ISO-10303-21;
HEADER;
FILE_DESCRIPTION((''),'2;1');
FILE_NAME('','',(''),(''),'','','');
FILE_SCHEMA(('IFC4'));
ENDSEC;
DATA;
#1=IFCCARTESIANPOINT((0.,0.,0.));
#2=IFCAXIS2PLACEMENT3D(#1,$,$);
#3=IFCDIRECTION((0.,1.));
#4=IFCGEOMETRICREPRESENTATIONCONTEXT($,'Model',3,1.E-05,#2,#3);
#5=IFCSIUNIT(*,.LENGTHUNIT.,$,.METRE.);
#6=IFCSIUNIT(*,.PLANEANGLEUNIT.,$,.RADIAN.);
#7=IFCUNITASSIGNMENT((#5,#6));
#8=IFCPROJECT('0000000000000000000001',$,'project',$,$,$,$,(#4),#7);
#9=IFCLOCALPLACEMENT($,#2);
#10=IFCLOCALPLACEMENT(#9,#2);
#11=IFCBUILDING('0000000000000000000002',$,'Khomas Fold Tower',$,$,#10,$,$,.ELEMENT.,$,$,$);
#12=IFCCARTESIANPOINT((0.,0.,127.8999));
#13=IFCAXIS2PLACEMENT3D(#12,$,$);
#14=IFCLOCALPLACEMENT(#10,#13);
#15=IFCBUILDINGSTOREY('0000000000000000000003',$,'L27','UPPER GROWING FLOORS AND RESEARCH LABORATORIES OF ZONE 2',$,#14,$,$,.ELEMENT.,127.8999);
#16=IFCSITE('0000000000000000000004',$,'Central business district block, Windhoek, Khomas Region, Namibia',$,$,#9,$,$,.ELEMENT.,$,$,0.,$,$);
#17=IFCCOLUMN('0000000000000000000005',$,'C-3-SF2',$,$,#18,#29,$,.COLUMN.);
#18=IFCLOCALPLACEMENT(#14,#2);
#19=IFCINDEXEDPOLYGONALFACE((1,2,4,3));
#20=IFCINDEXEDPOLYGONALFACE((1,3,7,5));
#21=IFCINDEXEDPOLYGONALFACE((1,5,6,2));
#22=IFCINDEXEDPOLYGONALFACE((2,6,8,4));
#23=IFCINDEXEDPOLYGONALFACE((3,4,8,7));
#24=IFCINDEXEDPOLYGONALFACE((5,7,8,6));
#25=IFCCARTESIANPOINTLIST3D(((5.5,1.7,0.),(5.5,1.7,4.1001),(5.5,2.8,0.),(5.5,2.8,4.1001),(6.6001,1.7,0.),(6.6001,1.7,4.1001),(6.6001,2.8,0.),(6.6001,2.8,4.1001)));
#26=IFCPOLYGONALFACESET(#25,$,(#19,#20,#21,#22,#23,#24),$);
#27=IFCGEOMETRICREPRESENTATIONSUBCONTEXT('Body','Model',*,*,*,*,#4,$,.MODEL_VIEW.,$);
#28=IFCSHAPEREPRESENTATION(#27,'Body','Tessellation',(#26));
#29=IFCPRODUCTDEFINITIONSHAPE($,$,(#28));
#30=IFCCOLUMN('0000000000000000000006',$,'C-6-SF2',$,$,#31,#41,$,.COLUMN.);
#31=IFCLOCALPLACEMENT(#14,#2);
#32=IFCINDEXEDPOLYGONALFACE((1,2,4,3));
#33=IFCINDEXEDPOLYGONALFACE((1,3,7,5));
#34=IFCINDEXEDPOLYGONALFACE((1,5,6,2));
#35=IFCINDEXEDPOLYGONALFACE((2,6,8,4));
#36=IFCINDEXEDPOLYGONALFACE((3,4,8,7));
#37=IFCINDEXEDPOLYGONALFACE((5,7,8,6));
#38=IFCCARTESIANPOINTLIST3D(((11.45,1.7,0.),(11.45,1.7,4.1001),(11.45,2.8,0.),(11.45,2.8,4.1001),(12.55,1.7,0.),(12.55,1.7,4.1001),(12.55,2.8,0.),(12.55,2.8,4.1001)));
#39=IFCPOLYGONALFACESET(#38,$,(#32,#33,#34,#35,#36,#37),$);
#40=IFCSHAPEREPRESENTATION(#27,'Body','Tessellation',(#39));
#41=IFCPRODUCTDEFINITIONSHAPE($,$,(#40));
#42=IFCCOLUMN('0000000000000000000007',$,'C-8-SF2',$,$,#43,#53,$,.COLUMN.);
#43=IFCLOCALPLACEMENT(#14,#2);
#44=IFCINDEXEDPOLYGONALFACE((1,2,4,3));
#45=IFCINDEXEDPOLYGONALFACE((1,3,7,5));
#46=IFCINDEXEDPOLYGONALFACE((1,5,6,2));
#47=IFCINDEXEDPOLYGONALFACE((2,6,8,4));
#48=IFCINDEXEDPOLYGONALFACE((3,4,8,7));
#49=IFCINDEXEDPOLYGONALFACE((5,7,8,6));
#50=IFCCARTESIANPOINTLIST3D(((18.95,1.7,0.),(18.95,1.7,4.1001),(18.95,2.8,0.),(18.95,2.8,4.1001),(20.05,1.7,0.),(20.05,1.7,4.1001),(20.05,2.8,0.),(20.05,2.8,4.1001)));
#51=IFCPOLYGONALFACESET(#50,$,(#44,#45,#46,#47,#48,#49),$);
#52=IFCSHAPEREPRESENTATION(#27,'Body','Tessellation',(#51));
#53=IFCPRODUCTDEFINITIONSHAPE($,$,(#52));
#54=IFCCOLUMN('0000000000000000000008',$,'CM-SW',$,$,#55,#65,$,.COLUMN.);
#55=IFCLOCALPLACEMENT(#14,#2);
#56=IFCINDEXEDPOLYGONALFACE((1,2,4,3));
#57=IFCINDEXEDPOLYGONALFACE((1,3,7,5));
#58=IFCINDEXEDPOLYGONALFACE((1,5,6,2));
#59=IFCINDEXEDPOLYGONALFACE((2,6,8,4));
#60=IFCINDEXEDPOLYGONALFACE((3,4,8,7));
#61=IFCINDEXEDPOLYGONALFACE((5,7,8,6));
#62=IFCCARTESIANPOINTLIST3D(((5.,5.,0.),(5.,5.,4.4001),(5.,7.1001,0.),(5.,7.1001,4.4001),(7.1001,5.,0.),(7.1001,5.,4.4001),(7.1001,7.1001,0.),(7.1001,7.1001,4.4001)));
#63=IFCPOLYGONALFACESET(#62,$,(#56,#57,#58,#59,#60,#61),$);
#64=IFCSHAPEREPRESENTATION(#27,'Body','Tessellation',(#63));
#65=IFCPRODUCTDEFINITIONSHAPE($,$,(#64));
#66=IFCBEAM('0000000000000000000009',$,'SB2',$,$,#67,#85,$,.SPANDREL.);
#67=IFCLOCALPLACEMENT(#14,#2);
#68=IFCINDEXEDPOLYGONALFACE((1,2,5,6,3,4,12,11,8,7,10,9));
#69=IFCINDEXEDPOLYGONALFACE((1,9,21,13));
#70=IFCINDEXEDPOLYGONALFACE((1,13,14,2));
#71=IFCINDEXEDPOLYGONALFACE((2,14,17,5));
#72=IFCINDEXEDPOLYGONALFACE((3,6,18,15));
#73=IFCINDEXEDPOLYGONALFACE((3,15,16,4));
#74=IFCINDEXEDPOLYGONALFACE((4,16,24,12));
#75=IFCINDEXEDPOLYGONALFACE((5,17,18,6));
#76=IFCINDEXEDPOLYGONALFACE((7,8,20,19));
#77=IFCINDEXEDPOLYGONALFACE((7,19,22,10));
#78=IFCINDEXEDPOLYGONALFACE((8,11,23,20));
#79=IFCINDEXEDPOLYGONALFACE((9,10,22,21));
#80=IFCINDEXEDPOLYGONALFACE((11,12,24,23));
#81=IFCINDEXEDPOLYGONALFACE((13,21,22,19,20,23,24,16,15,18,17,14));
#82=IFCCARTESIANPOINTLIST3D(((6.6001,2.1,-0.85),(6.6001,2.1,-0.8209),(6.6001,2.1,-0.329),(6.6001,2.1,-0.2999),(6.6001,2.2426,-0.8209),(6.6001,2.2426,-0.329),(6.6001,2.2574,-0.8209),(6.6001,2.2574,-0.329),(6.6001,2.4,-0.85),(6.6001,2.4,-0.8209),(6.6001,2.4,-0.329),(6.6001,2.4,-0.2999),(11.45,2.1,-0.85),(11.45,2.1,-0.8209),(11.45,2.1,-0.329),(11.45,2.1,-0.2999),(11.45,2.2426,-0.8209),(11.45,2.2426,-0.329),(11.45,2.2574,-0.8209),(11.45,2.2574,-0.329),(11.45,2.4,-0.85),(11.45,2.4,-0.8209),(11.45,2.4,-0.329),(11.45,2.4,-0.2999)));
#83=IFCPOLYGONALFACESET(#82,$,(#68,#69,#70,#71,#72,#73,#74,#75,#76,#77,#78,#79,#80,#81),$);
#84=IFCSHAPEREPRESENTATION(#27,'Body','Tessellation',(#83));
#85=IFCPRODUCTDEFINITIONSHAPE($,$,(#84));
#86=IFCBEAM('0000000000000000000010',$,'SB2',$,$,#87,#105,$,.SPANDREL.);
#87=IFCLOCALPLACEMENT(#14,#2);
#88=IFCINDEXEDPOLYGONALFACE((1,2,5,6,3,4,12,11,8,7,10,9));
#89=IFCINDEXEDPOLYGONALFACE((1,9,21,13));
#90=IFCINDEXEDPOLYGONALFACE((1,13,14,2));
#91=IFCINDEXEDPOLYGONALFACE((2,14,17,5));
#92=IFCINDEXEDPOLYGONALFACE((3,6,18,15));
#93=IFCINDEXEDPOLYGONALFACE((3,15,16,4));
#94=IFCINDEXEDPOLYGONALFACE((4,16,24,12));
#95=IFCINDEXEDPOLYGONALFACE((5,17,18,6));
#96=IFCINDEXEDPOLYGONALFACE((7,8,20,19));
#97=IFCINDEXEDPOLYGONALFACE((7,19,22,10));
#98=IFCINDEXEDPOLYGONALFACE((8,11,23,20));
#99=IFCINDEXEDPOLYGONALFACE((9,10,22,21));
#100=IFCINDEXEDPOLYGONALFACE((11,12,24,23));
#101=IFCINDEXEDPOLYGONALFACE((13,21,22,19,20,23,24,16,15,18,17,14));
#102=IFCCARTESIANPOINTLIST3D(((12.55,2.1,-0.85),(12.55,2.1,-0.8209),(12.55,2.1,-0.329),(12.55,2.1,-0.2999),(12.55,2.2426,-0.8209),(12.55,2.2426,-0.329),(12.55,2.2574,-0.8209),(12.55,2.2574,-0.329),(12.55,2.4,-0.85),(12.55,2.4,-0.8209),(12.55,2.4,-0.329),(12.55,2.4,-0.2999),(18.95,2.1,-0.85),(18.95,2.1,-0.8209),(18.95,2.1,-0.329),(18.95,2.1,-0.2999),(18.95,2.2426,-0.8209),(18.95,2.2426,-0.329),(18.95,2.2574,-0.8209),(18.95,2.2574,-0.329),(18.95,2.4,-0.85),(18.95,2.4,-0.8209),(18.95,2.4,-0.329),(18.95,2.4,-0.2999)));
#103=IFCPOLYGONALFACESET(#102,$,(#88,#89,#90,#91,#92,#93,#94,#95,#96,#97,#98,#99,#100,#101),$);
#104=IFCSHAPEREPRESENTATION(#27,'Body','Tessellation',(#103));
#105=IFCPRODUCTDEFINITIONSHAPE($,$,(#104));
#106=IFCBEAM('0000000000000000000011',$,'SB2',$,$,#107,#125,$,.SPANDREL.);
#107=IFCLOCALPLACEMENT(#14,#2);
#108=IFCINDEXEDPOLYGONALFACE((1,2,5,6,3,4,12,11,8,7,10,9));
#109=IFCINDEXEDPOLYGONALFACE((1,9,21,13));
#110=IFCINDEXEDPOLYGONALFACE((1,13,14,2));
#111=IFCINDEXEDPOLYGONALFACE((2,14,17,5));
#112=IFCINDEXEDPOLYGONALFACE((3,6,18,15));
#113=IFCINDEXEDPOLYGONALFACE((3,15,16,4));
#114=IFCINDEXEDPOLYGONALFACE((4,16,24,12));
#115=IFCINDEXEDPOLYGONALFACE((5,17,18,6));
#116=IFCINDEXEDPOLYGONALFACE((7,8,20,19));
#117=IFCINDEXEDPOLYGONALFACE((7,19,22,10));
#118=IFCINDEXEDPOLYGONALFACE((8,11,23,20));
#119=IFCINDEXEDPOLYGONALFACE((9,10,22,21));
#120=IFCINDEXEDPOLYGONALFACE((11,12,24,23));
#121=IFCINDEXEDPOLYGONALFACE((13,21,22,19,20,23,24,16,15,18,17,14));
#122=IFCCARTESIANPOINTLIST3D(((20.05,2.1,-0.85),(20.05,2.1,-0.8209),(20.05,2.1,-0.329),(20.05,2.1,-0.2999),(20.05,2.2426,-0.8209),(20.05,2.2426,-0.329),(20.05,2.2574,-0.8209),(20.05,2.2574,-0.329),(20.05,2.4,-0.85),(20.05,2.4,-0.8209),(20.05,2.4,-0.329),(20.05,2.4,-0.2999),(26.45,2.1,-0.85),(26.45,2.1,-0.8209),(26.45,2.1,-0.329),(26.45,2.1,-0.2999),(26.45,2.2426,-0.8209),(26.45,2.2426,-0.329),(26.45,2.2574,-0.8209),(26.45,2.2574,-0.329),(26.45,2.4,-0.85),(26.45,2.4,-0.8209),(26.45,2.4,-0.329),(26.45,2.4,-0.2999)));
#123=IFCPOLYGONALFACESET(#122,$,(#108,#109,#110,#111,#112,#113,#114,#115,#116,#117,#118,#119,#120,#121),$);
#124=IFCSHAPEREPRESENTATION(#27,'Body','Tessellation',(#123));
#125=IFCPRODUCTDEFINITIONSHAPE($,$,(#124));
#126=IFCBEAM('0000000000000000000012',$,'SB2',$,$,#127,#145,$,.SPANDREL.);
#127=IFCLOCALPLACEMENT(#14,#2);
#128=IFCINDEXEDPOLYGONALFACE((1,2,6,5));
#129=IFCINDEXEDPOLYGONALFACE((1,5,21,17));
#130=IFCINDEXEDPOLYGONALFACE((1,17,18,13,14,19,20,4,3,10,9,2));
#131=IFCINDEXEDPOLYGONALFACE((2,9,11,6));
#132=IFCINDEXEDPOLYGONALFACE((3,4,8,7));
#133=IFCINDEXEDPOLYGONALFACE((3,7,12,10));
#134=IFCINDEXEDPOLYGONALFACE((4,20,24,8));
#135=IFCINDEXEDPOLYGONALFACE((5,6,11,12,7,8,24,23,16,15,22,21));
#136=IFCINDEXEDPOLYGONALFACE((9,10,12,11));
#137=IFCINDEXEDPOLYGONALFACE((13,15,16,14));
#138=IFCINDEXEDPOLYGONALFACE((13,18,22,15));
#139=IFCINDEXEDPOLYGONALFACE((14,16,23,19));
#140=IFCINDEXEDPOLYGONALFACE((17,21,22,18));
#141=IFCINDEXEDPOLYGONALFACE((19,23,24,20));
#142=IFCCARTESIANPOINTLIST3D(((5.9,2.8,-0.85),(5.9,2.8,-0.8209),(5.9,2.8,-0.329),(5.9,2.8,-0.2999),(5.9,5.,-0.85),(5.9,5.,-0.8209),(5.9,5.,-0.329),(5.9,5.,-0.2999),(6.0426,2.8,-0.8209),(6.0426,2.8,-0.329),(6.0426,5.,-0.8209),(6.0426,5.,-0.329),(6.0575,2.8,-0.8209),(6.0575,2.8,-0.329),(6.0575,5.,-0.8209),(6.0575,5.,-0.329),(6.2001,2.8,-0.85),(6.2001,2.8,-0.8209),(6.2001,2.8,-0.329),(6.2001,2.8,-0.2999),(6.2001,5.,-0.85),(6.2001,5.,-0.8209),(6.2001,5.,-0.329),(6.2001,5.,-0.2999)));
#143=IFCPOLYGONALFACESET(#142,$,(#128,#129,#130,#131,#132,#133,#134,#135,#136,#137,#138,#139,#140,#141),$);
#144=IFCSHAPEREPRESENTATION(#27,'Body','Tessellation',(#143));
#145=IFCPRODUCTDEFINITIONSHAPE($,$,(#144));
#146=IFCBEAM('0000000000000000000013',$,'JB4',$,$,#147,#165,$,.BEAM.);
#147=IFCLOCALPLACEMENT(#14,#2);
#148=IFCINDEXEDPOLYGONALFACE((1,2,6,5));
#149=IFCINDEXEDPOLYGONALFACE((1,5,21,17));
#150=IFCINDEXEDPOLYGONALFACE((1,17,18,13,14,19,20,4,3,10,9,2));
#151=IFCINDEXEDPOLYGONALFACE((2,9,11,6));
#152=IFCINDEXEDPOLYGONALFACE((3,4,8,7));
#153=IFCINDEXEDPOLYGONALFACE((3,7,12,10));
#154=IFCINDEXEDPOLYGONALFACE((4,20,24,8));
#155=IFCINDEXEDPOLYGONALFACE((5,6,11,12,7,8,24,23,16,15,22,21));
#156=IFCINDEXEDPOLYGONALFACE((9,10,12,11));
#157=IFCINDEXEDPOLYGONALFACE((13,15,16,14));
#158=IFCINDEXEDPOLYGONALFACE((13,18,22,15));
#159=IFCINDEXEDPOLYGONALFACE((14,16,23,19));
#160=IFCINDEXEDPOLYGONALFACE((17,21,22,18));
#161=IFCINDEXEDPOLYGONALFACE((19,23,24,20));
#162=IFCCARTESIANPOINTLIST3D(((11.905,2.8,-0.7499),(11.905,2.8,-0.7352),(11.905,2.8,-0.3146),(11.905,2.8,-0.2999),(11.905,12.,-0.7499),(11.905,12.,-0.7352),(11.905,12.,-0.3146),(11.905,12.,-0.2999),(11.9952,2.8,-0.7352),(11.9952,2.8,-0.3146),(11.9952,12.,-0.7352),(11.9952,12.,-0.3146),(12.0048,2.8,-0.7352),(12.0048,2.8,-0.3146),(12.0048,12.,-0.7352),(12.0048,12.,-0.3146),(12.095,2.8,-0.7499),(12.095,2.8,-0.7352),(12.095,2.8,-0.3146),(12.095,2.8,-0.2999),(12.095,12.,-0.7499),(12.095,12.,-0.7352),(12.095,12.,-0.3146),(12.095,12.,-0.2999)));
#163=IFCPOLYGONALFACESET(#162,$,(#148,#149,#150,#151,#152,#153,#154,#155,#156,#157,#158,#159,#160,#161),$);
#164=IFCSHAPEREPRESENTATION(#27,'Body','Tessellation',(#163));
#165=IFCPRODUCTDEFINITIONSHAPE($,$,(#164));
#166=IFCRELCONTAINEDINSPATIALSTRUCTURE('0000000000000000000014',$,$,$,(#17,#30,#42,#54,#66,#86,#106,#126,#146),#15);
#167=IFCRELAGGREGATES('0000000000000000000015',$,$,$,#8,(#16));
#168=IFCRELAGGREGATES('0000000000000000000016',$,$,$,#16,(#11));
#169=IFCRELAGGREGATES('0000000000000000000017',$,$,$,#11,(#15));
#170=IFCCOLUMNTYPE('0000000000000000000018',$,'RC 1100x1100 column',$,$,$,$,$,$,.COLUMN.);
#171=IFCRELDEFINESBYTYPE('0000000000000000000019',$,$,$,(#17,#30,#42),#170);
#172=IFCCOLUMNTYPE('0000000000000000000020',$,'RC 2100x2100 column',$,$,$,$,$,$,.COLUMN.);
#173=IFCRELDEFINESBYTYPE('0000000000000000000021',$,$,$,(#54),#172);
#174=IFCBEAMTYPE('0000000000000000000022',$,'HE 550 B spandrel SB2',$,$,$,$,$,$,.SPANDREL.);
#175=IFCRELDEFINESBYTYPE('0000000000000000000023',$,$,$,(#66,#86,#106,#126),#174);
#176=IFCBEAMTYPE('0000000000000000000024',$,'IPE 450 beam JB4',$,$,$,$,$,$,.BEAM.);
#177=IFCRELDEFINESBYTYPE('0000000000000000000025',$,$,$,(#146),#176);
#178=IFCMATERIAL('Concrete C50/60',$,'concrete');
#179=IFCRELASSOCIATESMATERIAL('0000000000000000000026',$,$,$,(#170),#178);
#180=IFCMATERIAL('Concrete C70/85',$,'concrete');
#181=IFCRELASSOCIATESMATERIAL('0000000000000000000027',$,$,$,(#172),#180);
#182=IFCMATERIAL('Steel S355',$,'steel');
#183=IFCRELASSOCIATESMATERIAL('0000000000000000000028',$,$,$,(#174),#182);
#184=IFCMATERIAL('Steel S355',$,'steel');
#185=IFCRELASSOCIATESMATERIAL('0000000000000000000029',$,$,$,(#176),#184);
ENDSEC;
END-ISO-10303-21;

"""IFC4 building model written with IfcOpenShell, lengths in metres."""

from ifc_helpers import new_model, si_unit, direction, frame, origin, origin_2d, place, context, subcontext, project, spatial, rectangle, i_section, extrude, source, transform, mapped, material, material_profile, profile_set, type_object, element, save


model = new_model("IFC4")

# Units and contexts
model_context = context("Model", 3, precision=1e-05, world=origin(), true_north=direction((0.0, 1.0)))
body_context = subcontext(model_context, "Body", "Model", "MODEL_VIEW")
ifc_project = project(units=[si_unit("LENGTHUNIT", "METRE"), si_unit("PLANEANGLEUNIT", "RADIAN")], contexts=[model_context])

# Site, building, storey
site_placement = place(None, origin())
site = spatial("IfcSite", under=ifc_project, at=site_placement, Name="Central business district block, Windhoek, Khomas Region, Namibia", CompositionType="ELEMENT", RefElevation=0.0)
building_placement = place(site_placement, origin())
building = spatial("IfcBuilding", under=site, at=building_placement, Name="Khomas Fold Tower", CompositionType="ELEMENT")
storey_placement = place(building_placement, frame((0.0, 0.0, 127.8999)))
storey = spatial("IfcBuildingStorey", under=building, at=storey_placement, Name="L27", Description="UPPER GROWING FLOORS AND RESEARCH LABORATORIES OF ZONE 2", CompositionType="ELEMENT", Elevation=127.8999)

# Columns
ifc_material_1 = material(Name="Concrete C50/60", Category="concrete")
ifc_material_profile_1 = material_profile(ifc_material_1, rectangle(XDim=1.1001, YDim=1.1001, at=origin_2d()), Name="RC 1100x1100")
ifc_profile_set_1 = profile_set([ifc_material_profile_1], Name="Concrete C50/60")
column_type_1 = type_object("IfcColumnType", Name="RC 1100x1100 column", PredefinedType="COLUMN", material=ifc_profile_set_1)
shared_shape_1 = source(origin(), body_context, "Body", "SweptSolid", [
    extrude(rectangle(XDim=1.1001, YDim=1.1001, at=origin_2d()), origin(), (0.0, 0.0, 1.0), 4.1001),
])
for number, where, z_axis, x_axis, name in (
    (1, (6.05, 2.25, 0.0), (0.0, 0.0, 1.0), (1.0, 0.0, 0.0), "C-3-SF2"),
    (2, (12.0, 2.25, 0.0), (0.0, 0.0, 1.0), (1.0, 0.0, 0.0), "C-6-SF2"),
    (3, (19.5, 2.25, 0.0), (0.0, 0.0, 1.0), (1.0, 0.0, 0.0), "C-8-SF2"),
):
    element("IfcColumn", number, at=place(storey_placement, frame(where, z_axis=z_axis, x_axis=x_axis)), inside=storey, type_object=column_type_1, Name=name, PredefinedType="COLUMN", context=body_context, shape_type="MappedRepresentation", body=[
        mapped(shared_shape_1, transform((0.0, 0.0, 0.0))),
    ])
ifc_material_2 = material(Name="Concrete C70/85", Category="concrete")
ifc_material_profile_2 = material_profile(ifc_material_2, rectangle(XDim=2.1001, YDim=2.1001, at=origin_2d()), Name="RC 2100x2100")
ifc_profile_set_2 = profile_set([ifc_material_profile_2], Name="Concrete C70/85")
column_type_2 = type_object("IfcColumnType", Name="RC 2100x2100 column", PredefinedType="COLUMN", material=ifc_profile_set_2)
shared_shape_2 = source(origin(), body_context, "Body", "SweptSolid", [
    extrude(rectangle(XDim=2.1001, YDim=2.1001, at=origin_2d()), origin(), (0.0, 0.0, 1.0), 4.4001),
])
column_placement = place(storey_placement, frame((6.05, 6.05, 0.0), z_axis=(0.0, 0.0, 1.0), x_axis=(1.0, 0.0, 0.0)))
element("IfcColumn", 4, at=column_placement, inside=storey, type_object=column_type_2, Name="CM-SW", PredefinedType="COLUMN", context=body_context, shape_type="MappedRepresentation", body=[
    mapped(shared_shape_2, transform((0.0, 0.0, 0.0))),
])

# Beams
ifc_material_3 = material(Name="Steel S355", Category="steel")
ifc_material_profile_3 = material_profile(ifc_material_3, i_section(OverallWidth=0.3, OverallDepth=0.55, WebThickness=0.0149, FlangeThickness=0.0291, at=origin_2d()), Name="HE 550 B")
ifc_profile_set_3 = profile_set([ifc_material_profile_3], Name="Steel S355")
beam_type_1 = type_object("IfcBeamType", Name="HE 550 B spandrel SB2", PredefinedType="SPANDREL", material=ifc_profile_set_3)
shared_shape_3 = source(origin(), body_context, "Body", "SweptSolid", [
    extrude(i_section(OverallWidth=0.3, OverallDepth=0.55, WebThickness=0.0149, FlangeThickness=0.0291, at=origin_2d()), origin(), (0.0, 0.0, 1.0), 4.8499),
])
beam_1_placement = place(storey_placement, frame((6.6001, 2.25, -0.575), z_axis=(1.0, 0.0, 0.0), x_axis=(0.0, 1.0, 0.0)))
element("IfcBeam", 5, at=beam_1_placement, inside=storey, type_object=beam_type_1, Name="SB2", PredefinedType="SPANDREL", context=body_context, shape_type="MappedRepresentation", body=[
    mapped(shared_shape_3, transform((0.0, 0.0, 0.0))),
])
shared_shape_4 = source(origin(), body_context, "Body", "SweptSolid", [
    extrude(i_section(OverallWidth=0.3, OverallDepth=0.55, WebThickness=0.0149, FlangeThickness=0.0291, at=origin_2d()), origin(), (0.0, 0.0, 1.0), 6.3999),
])
for number, where, z_axis, x_axis, name in (
    (6, (12.55, 2.25, -0.575), (1.0, 0.0, 0.0), (0.0, 1.0, 0.0), "SB2"),
    (7, (20.05, 2.25, -0.575), (1.0, 0.0, 0.0), (0.0, 1.0, 0.0), "SB2"),
):
    element("IfcBeam", number, at=place(storey_placement, frame(where, z_axis=z_axis, x_axis=x_axis)), inside=storey, type_object=beam_type_1, Name=name, PredefinedType="SPANDREL", context=body_context, shape_type="MappedRepresentation", body=[
        mapped(shared_shape_4, transform((0.0, 0.0, 0.0))),
    ])
shared_shape_5 = source(origin(), body_context, "Body", "SweptSolid", [
    extrude(i_section(OverallWidth=0.3, OverallDepth=0.55, WebThickness=0.0149, FlangeThickness=0.0291, at=origin_2d()), origin(), (0.0, 0.0, 1.0), 2.2),
])
beam_2_placement = place(storey_placement, frame((6.05, 2.8, -0.575), z_axis=(0.0, 1.0, 0.0), x_axis=(-1.0, 0.0, 0.0)))
element("IfcBeam", 8, at=beam_2_placement, inside=storey, type_object=beam_type_1, Name="SB2", PredefinedType="SPANDREL", context=body_context, shape_type="MappedRepresentation", body=[
    mapped(shared_shape_5, transform((0.0, 0.0, 0.0))),
])
ifc_material_4 = material(Name="Steel S355", Category="steel")
ifc_material_profile_4 = material_profile(ifc_material_4, i_section(OverallWidth=0.1899, OverallDepth=0.45, WebThickness=0.0095, FlangeThickness=0.0146, at=origin_2d()), Name="IPE 450")
ifc_profile_set_4 = profile_set([ifc_material_profile_4], Name="Steel S355")
beam_type_2 = type_object("IfcBeamType", Name="IPE 450 beam JB4", PredefinedType="BEAM", material=ifc_profile_set_4)
shared_shape_6 = source(origin(), body_context, "Body", "SweptSolid", [
    extrude(i_section(OverallWidth=0.1899, OverallDepth=0.45, WebThickness=0.0095, FlangeThickness=0.0146, at=origin_2d()), origin(), (0.0, 0.0, 1.0), 9.2),
])
beam_3_placement = place(storey_placement, frame((12.0, 2.8, -0.5249), z_axis=(0.0, 1.0, 0.0), x_axis=(-1.0, 0.0, 0.0)))
element("IfcBeam", 9, at=beam_3_placement, inside=storey, type_object=beam_type_2, Name="JB4", PredefinedType="BEAM", context=body_context, shape_type="MappedRepresentation", body=[
    mapped(shared_shape_6, transform((0.0, 0.0, 0.0))),
])

save(model, "model.ifc")
